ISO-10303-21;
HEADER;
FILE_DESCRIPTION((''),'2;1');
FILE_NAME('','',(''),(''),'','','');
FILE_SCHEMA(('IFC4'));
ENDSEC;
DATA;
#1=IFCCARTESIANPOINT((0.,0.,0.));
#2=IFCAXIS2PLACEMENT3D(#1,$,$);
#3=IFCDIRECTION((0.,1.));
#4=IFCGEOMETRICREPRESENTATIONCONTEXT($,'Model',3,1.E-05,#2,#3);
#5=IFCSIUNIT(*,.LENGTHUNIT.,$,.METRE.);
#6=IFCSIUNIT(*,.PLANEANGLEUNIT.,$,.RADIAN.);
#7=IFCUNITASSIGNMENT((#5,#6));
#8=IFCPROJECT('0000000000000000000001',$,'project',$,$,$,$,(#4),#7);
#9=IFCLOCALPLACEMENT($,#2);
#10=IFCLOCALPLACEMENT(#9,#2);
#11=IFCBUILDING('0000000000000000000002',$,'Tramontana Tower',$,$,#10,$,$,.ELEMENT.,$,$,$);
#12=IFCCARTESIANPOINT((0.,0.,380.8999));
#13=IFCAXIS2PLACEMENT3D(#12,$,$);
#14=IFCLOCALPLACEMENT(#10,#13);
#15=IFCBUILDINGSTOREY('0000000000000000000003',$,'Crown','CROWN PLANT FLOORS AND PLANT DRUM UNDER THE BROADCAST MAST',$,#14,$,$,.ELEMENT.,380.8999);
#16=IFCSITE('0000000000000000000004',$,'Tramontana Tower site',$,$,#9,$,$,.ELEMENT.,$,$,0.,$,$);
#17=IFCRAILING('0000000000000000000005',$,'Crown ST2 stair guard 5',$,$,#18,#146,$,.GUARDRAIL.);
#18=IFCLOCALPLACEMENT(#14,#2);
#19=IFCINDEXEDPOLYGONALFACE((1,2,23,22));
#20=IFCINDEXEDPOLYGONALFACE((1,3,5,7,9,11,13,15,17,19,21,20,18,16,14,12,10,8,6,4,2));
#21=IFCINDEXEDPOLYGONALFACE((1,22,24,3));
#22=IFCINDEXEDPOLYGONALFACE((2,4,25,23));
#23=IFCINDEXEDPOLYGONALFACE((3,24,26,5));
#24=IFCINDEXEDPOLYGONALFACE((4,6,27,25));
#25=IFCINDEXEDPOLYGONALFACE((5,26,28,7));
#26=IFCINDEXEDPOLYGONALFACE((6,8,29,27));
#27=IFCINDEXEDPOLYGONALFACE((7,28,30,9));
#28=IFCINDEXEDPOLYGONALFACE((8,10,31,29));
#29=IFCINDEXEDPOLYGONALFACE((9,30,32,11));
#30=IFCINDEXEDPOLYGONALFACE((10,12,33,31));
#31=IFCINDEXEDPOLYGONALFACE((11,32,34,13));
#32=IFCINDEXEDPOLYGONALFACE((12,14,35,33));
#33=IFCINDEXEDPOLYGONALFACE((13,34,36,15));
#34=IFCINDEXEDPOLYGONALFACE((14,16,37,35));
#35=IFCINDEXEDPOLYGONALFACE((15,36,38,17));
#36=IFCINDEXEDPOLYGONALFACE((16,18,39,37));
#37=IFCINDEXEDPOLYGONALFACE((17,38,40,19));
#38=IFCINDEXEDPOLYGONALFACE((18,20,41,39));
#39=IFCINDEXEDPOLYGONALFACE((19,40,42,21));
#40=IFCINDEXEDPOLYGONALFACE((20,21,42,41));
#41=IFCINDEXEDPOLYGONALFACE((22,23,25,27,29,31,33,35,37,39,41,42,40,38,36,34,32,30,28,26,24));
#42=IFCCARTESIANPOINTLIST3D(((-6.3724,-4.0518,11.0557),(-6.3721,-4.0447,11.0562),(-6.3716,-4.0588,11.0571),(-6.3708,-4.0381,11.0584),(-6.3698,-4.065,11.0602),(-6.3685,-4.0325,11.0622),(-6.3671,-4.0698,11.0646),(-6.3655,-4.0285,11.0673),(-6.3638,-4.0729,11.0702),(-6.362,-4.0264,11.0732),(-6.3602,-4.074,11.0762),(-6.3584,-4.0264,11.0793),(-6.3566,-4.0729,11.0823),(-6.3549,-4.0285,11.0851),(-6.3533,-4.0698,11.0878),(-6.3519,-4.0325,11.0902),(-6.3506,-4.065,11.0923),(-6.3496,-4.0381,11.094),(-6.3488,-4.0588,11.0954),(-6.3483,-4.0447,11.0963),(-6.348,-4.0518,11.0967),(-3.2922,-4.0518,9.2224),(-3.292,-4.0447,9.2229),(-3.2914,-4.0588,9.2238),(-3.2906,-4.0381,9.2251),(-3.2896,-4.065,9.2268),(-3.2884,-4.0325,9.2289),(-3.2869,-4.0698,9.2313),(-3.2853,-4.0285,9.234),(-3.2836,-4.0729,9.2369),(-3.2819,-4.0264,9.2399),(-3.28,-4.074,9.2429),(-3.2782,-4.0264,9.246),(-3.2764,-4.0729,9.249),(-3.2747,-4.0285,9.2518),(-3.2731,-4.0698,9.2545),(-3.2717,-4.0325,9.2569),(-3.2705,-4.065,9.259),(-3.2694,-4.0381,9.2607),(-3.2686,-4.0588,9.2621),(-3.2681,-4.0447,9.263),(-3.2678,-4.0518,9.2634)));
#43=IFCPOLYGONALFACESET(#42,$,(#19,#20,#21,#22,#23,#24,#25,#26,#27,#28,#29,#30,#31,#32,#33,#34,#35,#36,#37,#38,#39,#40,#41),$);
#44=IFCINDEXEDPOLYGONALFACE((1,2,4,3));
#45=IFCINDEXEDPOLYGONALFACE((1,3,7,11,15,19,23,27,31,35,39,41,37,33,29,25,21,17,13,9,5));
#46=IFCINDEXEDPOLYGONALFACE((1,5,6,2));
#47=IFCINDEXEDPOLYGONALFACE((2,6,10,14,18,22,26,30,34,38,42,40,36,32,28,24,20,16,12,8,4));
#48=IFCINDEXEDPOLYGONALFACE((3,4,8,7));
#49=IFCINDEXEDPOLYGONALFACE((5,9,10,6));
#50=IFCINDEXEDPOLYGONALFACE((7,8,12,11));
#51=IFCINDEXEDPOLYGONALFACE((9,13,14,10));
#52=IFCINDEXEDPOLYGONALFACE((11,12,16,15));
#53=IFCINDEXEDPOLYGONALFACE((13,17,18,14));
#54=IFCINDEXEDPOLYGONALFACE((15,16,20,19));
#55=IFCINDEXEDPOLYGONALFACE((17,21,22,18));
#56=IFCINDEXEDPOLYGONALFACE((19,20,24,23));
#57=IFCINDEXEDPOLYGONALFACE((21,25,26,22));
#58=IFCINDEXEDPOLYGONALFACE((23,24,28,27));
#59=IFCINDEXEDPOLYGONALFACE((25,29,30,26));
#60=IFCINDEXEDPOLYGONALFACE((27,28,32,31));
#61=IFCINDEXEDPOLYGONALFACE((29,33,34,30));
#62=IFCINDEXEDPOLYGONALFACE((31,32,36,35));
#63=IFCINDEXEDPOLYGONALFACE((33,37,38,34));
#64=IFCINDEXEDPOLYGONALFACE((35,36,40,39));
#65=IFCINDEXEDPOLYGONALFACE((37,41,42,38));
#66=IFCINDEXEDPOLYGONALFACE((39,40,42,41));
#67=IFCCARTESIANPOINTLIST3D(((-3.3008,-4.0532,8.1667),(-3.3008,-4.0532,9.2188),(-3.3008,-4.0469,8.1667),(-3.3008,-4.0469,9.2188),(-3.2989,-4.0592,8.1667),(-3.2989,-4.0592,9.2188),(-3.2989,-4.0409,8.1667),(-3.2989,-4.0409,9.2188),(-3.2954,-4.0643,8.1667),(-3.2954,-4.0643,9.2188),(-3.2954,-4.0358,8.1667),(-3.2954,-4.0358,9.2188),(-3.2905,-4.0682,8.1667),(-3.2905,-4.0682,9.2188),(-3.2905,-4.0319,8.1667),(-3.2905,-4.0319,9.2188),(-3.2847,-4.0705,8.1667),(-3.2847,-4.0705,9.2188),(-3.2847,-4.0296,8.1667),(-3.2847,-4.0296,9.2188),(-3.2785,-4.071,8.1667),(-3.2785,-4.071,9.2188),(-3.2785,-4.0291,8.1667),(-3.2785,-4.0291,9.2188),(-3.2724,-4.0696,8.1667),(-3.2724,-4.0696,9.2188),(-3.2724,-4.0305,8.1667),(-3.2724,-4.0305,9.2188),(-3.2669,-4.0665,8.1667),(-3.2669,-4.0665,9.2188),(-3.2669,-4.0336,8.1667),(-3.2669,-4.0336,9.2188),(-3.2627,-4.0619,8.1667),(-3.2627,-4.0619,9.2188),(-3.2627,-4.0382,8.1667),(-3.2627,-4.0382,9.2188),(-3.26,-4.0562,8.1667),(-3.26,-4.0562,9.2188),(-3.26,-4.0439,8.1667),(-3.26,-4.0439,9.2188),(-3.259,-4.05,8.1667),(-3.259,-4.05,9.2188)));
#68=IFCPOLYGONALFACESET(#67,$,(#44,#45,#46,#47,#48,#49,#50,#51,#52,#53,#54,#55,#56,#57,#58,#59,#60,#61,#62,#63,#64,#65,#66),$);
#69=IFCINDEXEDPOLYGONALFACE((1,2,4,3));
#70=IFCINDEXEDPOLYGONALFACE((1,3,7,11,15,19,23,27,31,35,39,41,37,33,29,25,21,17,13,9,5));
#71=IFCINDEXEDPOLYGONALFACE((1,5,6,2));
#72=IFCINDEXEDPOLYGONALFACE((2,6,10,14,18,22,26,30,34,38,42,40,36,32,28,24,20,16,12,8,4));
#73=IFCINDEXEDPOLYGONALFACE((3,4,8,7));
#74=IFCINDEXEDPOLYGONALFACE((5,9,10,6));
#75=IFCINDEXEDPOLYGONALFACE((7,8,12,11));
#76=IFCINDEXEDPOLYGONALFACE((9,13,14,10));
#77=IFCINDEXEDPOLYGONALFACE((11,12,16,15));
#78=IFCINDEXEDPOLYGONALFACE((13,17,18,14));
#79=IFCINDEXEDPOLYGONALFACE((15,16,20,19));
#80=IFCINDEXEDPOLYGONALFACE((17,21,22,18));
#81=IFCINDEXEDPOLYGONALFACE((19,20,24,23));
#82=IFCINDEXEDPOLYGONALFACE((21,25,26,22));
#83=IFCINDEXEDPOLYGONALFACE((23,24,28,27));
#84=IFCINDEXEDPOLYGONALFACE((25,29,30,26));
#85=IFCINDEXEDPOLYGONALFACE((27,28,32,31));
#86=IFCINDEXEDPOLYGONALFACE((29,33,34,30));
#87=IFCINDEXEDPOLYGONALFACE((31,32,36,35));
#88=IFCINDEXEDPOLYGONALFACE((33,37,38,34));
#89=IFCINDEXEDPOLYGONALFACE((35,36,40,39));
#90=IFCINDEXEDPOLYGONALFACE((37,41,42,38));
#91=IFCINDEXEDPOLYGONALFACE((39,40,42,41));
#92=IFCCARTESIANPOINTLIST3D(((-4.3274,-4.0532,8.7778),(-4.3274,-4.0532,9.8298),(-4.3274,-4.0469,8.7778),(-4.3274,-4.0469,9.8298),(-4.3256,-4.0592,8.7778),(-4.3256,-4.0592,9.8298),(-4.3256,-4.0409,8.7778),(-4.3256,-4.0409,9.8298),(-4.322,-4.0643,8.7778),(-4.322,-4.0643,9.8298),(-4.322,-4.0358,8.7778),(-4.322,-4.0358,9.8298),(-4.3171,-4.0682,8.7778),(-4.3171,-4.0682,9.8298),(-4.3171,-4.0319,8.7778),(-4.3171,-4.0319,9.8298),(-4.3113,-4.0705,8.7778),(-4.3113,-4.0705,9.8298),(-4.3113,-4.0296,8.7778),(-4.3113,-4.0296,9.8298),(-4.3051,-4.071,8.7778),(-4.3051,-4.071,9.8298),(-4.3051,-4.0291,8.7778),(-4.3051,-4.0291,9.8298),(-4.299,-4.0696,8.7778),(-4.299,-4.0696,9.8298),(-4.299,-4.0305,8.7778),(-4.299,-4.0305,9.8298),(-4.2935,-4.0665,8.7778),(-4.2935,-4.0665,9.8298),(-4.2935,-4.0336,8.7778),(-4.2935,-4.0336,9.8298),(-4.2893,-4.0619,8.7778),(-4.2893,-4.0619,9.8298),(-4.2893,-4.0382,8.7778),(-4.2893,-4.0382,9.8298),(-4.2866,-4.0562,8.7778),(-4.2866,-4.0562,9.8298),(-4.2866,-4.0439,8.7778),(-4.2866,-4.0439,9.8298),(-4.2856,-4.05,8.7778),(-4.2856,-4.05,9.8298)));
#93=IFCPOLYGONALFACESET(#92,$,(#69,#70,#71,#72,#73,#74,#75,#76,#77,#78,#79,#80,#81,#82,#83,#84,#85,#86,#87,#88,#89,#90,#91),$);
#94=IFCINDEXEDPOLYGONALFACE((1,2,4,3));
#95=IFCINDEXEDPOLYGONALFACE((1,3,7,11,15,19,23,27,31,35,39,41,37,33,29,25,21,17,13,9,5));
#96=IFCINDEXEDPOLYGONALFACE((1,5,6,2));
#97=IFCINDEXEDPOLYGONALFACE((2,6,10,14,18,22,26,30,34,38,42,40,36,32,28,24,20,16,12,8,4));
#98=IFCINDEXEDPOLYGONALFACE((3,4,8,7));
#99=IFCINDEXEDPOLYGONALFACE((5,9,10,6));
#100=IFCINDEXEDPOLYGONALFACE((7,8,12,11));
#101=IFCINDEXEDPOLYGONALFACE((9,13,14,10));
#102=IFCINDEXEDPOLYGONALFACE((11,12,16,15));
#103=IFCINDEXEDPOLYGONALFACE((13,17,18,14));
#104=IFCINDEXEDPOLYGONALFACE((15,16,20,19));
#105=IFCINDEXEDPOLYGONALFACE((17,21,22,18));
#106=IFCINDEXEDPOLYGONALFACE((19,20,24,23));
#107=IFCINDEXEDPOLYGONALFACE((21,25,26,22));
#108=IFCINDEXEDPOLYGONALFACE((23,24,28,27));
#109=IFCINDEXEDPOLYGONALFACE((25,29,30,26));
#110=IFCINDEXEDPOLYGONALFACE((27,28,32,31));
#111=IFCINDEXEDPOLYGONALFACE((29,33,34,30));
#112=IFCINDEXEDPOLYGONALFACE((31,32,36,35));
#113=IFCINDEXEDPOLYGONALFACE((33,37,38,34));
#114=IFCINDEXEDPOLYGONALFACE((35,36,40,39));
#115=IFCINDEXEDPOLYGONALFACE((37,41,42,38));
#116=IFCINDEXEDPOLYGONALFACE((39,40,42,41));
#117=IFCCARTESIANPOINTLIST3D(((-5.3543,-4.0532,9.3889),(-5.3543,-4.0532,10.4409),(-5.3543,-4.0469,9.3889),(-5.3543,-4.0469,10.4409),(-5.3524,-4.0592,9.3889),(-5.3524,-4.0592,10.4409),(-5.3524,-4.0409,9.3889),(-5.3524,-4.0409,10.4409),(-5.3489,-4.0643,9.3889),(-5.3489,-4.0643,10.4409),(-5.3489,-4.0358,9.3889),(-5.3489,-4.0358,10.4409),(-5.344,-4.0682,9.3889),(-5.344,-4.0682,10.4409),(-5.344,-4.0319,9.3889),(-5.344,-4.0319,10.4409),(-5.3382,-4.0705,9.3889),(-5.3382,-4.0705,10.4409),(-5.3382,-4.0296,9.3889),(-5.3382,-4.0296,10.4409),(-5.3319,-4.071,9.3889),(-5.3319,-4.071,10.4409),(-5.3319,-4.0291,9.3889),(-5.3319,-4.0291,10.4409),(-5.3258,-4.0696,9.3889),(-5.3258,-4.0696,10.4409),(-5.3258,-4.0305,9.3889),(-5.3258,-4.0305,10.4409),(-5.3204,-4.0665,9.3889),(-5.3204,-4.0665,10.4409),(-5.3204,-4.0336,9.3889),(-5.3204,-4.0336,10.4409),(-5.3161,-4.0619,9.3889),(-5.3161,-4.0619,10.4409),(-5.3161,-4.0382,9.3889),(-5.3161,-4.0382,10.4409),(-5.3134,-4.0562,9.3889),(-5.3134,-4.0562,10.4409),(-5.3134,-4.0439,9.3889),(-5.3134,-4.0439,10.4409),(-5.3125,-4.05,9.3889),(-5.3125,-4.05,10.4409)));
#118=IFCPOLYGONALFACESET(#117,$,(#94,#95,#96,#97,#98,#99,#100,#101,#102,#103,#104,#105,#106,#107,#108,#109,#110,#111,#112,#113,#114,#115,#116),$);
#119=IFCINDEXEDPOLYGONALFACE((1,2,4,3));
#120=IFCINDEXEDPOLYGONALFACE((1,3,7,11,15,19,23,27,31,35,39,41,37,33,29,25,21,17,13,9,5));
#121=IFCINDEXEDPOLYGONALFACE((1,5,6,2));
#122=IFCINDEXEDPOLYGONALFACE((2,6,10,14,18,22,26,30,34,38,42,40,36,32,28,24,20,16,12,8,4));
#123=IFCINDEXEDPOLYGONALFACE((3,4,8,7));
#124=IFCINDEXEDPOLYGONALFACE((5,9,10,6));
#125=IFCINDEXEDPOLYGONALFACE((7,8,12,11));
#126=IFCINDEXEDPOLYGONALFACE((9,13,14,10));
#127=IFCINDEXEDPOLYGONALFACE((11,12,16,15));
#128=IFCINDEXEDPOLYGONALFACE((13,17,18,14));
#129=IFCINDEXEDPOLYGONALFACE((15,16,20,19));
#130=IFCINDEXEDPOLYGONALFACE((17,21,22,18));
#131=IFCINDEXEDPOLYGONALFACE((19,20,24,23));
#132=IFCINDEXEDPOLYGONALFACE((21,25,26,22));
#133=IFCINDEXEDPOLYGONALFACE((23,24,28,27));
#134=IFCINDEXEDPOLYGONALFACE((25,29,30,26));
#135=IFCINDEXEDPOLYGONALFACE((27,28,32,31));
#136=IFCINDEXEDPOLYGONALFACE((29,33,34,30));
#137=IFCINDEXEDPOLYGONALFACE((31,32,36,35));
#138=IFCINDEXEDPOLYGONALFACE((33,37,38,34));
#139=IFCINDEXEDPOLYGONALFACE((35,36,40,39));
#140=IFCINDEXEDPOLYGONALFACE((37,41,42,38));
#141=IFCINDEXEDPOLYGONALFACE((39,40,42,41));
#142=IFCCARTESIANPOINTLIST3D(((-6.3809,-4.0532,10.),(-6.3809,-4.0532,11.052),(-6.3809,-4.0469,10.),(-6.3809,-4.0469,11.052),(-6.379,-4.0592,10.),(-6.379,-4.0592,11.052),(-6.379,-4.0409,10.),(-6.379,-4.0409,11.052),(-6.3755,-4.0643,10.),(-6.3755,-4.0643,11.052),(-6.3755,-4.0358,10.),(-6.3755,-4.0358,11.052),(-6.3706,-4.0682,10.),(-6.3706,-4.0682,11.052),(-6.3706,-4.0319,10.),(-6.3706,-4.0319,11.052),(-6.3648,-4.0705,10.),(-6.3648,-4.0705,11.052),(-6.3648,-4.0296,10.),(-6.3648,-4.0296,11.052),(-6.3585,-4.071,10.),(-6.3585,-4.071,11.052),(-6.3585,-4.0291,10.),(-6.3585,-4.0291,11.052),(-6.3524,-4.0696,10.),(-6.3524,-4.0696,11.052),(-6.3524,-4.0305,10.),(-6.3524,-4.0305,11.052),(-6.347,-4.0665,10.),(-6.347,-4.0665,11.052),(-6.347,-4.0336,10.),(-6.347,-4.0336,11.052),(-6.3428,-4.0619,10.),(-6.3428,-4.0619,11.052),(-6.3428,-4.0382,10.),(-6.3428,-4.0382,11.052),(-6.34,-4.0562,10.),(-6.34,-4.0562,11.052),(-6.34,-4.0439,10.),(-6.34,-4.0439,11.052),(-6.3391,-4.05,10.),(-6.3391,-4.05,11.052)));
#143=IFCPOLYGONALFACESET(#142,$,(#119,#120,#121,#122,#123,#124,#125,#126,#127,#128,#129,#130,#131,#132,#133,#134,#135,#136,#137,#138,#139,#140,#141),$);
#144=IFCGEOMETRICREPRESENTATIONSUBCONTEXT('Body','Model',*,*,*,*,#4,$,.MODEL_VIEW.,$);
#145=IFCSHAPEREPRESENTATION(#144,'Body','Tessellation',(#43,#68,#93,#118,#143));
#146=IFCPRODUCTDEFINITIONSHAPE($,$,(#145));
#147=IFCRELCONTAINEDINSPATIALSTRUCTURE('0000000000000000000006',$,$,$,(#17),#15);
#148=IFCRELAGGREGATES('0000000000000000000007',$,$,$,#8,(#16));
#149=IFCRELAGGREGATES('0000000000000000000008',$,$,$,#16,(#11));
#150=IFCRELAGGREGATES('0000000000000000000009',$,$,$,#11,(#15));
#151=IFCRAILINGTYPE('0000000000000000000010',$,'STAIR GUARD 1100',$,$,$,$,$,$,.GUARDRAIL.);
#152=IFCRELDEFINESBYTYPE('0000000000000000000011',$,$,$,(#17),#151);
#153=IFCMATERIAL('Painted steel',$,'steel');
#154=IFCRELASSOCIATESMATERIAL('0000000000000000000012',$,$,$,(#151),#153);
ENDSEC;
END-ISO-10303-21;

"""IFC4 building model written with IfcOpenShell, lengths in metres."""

from ifc_helpers import new_model, si_unit, direction, frame, origin, origin_2d, place, context, subcontext, project, spatial, circle, extrude, material, type_object, element, save


model = new_model("IFC4")

# Units and contexts
model_context = context("Model", 3, precision=1e-05, world=origin(), true_north=direction((0.0, 1.0)))
body_context = subcontext(model_context, "Body", "Model", "MODEL_VIEW")
ifc_project = project(units=[si_unit("LENGTHUNIT", "METRE"), si_unit("PLANEANGLEUNIT", "RADIAN")], contexts=[model_context])

# Site, building, storey
site_placement = place(None, origin())
site = spatial("IfcSite", under=ifc_project, at=site_placement, Name="Tramontana Tower site", CompositionType="ELEMENT", RefElevation=0.0)
building_placement = place(site_placement, origin())
building = spatial("IfcBuilding", under=site, at=building_placement, Name="Tramontana Tower", CompositionType="ELEMENT")
storey_placement = place(building_placement, frame((0.0, 0.0, 380.8999)))
storey = spatial("IfcBuildingStorey", under=building, at=storey_placement, Name="Crown", Description="CROWN PLANT FLOORS AND PLANT DRUM UNDER THE BROADCAST MAST", CompositionType="ELEMENT", Elevation=380.8999)

# Railing
ifc_material_1 = material(Name="Painted steel", Category="steel")
railing_type_1 = type_object("IfcRailingType", Name="STAIR GUARD 1100", PredefinedType="GUARDRAIL", material=ifc_material_1)
railing_1_placement = place(storey_placement, frame((-3.28, -4.05, 8.1667)))
element("IfcRailing", 1, at=railing_1_placement, inside=storey, type_object=railing_type_1, Name="Crown ST2 stair guard 5", PredefinedType="GUARDRAIL", context=body_context, shape_type="SweptSolid", body=[
    extrude(circle(Radius=0.0239, at=origin_2d()), frame((0.0, 0.0, 1.0762), z_axis=(-0.859309, 0.0, 0.511458), x_axis=(0.0, -1.0, 0.0)), (0.0, 0.0, 1.0), 3.5845),
    extrude(circle(Radius=0.021, at=origin_2d()), origin(), (0.0, 0.0, 1.0), 1.052),
    extrude(circle(Radius=0.021, at=origin_2d()), frame((-1.0266, 0.0, 0.6111)), (0.0, 0.0, 1.0), 1.052),
    extrude(circle(Radius=0.021, at=origin_2d()), frame((-2.0535, 0.0, 1.2222)), (0.0, 0.0, 1.0), 1.052),
    extrude(circle(Radius=0.021, at=origin_2d()), frame((-3.0801, 0.0, 1.8333)), (0.0, 0.0, 1.0), 1.052),
])

save(model, "model.ifc")
